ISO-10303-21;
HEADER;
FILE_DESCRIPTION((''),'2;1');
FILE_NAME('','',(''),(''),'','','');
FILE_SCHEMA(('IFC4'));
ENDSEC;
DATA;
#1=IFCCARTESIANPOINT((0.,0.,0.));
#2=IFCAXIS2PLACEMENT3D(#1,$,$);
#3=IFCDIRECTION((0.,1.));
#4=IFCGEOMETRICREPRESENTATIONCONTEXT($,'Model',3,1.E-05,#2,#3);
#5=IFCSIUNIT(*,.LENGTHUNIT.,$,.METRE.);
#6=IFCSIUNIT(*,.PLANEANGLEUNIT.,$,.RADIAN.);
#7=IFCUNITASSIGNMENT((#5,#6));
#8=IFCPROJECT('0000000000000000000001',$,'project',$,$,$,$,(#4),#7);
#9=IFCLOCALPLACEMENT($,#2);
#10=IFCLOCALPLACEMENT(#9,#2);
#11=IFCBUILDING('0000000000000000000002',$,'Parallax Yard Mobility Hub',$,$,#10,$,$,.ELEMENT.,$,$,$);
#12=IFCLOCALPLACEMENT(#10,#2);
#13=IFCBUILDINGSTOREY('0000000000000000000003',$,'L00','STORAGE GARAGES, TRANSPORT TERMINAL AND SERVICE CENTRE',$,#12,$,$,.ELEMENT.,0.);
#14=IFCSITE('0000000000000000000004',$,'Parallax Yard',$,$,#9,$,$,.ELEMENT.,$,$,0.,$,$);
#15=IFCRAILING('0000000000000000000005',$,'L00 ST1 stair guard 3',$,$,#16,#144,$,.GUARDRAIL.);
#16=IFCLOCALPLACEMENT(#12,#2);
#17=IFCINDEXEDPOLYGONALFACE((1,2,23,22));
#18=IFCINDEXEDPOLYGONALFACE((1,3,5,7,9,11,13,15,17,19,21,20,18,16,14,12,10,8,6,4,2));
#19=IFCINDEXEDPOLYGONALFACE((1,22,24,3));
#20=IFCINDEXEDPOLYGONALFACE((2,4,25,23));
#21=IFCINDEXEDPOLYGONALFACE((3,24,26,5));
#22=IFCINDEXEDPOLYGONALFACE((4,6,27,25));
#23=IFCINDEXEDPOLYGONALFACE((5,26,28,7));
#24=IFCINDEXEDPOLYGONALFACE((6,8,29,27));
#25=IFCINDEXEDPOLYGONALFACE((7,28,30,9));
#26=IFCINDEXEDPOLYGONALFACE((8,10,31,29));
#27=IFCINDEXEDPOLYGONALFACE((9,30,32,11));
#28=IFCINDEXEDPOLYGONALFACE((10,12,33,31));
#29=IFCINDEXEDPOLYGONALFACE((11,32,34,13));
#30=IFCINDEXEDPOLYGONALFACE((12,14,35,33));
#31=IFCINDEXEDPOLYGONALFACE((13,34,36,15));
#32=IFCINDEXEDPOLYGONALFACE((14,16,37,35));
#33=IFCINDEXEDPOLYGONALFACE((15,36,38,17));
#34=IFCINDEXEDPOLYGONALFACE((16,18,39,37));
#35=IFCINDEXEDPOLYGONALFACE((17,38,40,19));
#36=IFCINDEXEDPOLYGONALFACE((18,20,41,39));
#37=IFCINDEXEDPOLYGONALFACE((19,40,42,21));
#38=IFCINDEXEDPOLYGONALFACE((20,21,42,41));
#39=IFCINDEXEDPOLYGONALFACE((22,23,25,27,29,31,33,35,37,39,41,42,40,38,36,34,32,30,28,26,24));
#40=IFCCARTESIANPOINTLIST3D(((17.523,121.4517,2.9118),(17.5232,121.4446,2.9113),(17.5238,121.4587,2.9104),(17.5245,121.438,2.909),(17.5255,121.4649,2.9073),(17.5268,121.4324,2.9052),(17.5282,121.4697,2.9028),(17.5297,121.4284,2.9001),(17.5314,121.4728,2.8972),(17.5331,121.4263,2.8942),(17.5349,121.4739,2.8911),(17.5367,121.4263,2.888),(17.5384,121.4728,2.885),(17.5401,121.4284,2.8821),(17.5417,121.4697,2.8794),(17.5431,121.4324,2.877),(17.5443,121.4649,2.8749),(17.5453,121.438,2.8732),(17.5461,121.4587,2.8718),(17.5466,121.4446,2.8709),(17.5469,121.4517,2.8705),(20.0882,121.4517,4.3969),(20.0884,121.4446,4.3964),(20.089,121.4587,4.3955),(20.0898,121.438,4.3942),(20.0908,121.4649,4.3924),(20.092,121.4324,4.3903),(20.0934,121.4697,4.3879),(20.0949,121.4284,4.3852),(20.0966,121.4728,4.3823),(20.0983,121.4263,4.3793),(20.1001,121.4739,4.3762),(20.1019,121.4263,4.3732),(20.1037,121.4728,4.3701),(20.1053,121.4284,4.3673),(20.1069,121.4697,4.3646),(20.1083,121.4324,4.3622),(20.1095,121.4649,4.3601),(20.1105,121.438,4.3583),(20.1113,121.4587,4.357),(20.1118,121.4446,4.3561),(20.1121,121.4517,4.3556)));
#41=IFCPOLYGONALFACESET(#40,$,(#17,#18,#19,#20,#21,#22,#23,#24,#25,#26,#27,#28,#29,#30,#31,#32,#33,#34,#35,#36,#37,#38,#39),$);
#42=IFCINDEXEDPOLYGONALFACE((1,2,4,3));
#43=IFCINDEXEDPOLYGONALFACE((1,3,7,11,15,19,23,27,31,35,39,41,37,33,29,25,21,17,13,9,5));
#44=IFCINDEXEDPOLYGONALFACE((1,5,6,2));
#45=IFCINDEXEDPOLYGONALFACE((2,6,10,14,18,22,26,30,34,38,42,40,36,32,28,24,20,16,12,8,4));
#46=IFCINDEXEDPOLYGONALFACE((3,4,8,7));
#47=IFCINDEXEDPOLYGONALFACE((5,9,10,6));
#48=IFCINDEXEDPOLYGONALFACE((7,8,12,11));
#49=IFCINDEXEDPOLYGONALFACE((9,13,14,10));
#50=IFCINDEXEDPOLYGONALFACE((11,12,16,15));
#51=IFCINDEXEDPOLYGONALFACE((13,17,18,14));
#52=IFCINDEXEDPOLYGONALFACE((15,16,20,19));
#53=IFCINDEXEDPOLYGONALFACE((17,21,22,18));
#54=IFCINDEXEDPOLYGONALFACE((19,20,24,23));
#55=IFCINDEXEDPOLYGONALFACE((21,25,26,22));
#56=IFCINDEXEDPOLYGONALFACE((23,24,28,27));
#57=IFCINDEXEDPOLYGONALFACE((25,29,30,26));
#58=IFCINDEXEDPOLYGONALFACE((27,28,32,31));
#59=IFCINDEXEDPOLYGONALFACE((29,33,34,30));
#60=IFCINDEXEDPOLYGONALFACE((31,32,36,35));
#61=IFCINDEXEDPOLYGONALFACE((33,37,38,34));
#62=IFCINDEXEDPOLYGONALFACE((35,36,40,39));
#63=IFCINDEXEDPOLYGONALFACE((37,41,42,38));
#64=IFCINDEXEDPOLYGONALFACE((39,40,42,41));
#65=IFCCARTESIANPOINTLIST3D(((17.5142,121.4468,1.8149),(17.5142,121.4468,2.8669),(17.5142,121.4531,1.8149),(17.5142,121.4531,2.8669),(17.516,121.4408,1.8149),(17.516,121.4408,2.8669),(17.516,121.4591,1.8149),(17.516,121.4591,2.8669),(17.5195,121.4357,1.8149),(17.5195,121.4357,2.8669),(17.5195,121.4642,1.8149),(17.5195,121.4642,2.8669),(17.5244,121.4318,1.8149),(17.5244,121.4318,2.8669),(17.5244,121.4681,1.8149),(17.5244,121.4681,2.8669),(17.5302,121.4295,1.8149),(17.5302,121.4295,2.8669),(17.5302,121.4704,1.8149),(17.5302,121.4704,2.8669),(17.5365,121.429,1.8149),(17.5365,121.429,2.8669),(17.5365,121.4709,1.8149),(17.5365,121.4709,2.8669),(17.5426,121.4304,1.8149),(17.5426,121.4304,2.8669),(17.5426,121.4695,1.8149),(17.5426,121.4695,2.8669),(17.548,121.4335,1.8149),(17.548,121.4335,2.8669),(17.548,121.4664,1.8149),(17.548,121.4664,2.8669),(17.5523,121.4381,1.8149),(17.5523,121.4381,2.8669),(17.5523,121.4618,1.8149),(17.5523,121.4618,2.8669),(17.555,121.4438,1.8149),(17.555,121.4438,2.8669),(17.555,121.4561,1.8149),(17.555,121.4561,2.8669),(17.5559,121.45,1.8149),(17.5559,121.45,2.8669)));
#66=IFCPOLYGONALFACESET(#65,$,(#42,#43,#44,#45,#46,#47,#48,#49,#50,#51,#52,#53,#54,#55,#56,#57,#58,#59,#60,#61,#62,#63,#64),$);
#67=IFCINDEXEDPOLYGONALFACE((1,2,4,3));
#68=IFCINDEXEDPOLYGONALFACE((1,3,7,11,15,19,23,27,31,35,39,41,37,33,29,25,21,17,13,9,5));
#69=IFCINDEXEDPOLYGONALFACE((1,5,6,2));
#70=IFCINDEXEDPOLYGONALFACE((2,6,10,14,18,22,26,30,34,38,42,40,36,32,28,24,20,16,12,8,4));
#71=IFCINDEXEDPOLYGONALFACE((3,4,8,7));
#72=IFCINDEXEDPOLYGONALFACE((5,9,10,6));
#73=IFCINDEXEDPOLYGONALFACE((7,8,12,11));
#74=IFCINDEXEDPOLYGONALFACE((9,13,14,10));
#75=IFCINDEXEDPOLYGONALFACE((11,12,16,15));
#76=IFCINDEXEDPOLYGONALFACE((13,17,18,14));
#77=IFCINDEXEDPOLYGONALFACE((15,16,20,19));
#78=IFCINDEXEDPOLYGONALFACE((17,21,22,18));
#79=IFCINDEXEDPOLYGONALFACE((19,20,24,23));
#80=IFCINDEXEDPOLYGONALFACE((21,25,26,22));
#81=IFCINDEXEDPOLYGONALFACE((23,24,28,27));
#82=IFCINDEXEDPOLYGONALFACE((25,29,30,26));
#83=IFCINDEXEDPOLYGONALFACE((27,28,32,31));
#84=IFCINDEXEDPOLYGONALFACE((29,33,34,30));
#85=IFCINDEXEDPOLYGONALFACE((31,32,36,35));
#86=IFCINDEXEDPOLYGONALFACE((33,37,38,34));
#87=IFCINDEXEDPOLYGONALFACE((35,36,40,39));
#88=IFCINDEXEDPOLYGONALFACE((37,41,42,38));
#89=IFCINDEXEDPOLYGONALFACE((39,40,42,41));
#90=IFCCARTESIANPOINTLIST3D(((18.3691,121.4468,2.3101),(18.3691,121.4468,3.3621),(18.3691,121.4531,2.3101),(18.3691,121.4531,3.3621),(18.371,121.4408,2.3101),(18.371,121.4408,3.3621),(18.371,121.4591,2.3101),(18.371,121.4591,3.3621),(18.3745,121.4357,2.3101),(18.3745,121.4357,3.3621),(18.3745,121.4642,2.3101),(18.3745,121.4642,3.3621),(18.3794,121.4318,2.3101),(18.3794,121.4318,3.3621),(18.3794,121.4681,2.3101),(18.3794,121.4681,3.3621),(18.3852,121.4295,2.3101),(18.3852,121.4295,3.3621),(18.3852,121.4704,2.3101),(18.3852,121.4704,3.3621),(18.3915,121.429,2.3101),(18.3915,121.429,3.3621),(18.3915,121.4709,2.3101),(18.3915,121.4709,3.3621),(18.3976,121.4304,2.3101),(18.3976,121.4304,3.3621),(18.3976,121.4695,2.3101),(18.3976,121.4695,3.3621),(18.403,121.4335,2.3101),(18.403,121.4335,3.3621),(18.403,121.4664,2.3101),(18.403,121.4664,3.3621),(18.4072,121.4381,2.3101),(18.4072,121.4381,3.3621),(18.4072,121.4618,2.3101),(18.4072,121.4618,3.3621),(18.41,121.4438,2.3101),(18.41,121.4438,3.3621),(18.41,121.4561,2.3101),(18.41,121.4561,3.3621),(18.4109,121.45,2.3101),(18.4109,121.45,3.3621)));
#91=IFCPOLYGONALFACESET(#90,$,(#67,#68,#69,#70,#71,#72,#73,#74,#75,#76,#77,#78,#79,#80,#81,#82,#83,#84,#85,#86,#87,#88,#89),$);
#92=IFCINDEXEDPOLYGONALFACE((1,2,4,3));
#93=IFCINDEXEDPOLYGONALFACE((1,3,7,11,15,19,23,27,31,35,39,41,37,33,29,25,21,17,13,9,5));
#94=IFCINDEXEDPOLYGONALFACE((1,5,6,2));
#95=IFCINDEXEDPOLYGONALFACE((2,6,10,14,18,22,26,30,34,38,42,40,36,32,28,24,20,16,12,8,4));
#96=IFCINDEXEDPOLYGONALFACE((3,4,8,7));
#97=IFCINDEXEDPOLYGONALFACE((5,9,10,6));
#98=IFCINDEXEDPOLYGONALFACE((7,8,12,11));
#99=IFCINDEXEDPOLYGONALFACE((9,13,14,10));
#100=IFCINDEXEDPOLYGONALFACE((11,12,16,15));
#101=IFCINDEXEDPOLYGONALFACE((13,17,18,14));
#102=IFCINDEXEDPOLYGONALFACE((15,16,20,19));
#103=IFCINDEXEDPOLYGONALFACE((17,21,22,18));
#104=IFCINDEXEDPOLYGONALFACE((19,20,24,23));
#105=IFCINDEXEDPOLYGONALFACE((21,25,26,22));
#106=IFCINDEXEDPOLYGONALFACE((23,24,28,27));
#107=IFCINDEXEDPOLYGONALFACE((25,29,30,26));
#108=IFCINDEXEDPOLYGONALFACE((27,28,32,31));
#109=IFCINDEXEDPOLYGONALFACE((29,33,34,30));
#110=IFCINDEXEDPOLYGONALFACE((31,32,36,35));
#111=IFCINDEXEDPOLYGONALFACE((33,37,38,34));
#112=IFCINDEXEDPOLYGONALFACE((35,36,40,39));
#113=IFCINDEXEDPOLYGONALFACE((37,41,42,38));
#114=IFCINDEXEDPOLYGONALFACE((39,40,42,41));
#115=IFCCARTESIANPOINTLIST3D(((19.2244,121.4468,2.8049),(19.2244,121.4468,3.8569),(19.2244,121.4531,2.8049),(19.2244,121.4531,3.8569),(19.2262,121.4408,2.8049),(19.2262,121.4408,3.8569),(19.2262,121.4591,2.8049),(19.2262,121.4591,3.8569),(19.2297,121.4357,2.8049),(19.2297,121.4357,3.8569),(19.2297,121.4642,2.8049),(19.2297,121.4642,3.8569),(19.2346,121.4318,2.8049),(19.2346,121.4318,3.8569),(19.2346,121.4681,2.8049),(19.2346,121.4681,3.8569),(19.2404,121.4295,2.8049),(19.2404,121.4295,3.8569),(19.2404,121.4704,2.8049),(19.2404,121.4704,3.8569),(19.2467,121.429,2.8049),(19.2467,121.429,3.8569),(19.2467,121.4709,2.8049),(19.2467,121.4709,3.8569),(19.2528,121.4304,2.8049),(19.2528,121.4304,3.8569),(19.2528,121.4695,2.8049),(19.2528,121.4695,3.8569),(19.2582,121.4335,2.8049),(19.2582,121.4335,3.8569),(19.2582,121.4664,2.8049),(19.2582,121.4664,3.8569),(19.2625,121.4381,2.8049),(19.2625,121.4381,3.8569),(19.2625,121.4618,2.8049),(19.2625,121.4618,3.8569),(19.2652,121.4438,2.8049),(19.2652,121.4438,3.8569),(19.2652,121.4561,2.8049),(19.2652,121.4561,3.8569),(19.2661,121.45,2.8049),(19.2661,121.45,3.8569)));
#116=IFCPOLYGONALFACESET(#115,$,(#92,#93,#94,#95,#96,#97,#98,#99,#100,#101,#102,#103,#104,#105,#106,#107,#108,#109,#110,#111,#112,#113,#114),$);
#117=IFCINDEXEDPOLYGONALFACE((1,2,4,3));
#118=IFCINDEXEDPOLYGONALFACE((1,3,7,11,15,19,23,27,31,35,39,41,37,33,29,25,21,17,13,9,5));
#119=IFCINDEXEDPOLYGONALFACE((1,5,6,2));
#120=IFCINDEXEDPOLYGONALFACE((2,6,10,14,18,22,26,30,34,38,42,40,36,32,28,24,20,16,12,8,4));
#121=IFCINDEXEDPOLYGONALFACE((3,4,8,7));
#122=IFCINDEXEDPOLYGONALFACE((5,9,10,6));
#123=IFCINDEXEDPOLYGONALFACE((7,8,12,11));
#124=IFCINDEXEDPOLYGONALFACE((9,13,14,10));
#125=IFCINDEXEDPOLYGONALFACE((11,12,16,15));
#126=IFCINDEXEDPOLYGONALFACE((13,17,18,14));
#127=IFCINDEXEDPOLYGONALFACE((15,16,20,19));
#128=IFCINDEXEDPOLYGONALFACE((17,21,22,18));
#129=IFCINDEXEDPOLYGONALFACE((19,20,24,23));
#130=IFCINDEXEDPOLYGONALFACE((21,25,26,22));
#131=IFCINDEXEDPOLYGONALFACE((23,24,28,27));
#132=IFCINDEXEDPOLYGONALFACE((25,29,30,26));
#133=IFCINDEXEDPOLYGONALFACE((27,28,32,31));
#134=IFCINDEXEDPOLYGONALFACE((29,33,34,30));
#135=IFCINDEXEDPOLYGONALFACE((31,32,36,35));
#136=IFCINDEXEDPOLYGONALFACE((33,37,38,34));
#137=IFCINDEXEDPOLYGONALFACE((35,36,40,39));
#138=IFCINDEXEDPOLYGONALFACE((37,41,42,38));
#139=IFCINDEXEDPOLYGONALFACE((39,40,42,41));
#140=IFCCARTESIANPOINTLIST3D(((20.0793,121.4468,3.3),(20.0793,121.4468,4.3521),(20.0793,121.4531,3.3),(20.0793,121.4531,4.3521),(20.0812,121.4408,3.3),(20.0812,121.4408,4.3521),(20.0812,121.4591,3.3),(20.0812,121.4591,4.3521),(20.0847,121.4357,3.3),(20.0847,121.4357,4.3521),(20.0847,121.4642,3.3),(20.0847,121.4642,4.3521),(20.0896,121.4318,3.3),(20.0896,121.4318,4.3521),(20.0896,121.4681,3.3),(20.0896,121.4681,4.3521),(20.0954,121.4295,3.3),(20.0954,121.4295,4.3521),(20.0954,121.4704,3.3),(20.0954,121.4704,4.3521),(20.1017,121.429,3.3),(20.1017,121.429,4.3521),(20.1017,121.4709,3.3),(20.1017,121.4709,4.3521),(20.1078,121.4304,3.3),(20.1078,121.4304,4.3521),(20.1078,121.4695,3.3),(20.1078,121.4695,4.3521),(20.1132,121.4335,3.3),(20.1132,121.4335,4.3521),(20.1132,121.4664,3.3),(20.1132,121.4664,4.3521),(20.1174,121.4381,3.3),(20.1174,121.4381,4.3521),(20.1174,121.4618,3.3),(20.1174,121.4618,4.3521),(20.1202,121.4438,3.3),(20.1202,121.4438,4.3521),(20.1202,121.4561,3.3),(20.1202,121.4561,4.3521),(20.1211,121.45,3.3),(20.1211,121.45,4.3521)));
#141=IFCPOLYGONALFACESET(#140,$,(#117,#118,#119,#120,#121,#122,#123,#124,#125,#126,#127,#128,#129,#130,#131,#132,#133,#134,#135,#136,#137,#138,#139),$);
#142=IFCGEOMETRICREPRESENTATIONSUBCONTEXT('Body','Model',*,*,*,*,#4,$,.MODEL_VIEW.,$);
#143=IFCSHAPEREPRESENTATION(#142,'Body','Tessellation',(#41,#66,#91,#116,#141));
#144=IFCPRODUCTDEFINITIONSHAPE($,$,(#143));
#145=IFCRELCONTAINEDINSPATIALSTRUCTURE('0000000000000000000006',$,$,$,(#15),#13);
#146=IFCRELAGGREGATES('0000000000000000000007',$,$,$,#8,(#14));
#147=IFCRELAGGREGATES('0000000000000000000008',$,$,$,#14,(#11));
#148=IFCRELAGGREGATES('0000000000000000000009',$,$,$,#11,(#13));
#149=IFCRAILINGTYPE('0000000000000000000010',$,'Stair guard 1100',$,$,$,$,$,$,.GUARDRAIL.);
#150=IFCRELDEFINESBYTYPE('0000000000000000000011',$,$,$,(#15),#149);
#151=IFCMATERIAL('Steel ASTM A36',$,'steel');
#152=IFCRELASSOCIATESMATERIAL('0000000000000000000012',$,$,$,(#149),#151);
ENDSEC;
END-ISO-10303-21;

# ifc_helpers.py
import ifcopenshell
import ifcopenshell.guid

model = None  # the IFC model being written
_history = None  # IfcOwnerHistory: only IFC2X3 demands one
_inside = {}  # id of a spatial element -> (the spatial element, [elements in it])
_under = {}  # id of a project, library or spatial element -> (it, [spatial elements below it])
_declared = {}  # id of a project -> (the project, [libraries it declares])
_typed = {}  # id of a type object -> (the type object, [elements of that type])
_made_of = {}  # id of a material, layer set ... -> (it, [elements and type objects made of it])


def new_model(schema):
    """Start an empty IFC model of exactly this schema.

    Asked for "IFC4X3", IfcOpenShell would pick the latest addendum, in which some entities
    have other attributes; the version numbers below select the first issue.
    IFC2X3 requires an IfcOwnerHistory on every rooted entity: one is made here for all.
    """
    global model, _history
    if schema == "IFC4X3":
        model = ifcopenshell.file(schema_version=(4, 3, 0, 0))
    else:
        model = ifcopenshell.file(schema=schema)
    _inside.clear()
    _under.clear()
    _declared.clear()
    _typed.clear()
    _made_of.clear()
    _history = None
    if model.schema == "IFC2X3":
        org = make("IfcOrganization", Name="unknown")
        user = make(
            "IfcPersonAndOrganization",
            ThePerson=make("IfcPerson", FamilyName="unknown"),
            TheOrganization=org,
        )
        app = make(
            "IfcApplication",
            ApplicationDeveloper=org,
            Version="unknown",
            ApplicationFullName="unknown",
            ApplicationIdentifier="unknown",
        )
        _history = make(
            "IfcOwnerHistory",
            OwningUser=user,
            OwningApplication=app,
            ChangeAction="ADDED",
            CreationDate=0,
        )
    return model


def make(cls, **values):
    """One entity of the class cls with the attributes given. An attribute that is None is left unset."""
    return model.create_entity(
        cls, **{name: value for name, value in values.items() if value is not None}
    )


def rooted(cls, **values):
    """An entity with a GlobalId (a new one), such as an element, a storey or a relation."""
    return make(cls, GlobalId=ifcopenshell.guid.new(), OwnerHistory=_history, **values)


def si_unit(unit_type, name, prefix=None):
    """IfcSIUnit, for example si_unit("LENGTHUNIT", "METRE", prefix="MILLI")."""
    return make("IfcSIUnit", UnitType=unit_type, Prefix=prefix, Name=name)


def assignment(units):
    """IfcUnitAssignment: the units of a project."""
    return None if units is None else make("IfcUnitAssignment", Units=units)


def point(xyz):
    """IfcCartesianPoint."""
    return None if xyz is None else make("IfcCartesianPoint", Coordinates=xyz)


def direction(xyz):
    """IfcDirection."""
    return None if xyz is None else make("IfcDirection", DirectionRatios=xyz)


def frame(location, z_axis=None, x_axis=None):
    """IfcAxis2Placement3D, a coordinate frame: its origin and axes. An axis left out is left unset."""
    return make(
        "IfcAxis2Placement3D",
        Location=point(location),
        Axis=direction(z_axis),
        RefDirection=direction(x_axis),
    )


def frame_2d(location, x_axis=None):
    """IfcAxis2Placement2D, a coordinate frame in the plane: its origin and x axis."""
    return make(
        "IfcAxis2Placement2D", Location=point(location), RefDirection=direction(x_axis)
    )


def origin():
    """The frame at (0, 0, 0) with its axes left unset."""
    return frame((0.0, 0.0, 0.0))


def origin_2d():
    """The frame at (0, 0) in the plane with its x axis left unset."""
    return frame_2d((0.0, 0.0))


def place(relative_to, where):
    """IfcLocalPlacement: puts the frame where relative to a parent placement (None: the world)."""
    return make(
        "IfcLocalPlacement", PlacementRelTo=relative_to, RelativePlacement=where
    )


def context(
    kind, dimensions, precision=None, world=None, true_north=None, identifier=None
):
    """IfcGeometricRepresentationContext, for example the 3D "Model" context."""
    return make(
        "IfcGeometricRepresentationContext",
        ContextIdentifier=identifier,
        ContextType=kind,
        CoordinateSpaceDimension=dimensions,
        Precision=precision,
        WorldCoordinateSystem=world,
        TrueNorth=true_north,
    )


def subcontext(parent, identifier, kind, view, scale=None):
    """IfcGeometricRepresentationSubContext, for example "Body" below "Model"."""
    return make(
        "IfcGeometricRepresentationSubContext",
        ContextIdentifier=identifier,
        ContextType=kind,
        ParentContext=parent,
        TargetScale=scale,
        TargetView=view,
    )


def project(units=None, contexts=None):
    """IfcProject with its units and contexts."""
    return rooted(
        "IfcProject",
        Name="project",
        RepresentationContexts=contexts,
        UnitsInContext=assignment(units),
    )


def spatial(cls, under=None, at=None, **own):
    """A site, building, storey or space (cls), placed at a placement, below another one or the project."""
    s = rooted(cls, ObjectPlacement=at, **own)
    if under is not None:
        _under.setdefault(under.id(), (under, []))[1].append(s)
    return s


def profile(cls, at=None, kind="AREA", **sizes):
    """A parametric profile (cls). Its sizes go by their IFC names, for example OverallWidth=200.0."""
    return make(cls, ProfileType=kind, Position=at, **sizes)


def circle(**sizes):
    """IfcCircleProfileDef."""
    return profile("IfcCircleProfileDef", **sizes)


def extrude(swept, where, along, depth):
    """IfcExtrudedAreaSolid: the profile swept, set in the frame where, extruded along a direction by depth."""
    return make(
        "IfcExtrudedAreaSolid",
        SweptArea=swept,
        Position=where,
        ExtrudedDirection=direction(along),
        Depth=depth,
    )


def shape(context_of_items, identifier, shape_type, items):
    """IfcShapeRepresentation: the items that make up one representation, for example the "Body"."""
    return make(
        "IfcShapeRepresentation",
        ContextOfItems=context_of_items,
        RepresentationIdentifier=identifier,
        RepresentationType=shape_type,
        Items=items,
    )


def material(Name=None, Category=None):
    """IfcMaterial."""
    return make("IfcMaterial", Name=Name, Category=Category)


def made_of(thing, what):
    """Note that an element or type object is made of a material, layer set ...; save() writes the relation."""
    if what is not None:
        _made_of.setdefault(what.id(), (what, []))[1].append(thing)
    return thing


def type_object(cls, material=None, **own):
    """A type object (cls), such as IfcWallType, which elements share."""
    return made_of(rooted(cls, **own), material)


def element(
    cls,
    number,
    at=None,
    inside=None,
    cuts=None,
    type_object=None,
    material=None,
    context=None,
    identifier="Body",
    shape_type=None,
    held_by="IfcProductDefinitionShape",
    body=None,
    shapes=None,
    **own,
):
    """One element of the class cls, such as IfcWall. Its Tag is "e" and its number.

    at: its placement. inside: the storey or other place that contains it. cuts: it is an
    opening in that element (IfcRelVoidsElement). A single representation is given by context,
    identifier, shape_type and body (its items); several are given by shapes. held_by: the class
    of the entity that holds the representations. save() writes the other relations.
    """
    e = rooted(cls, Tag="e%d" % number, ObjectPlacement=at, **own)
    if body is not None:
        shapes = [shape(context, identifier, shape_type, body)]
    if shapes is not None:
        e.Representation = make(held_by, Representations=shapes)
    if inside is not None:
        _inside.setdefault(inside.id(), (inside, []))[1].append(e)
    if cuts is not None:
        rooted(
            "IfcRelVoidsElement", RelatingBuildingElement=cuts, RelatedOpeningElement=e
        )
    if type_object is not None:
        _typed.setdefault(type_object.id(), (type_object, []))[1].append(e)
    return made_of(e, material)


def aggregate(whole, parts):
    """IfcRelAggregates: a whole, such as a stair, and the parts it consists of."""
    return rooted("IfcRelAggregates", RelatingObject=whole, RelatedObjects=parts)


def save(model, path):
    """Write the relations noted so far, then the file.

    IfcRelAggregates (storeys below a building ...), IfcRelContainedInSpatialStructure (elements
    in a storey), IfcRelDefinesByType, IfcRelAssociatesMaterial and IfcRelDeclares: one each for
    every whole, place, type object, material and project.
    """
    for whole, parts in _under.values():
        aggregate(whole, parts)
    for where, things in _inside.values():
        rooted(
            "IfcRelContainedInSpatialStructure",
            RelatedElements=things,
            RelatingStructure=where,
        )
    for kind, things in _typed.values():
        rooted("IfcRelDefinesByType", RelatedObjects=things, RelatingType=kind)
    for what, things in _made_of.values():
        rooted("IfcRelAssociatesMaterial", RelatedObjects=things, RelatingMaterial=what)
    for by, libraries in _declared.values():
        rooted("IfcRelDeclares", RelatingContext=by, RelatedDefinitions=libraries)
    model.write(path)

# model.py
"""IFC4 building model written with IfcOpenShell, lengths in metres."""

from ifc_helpers import new_model, si_unit, direction, frame, origin, origin_2d, place, context, subcontext, project, spatial, circle, extrude, material, type_object, element, save


model = new_model("IFC4")

# Units and contexts
model_context = context("Model", 3, precision=1e-05, world=origin(), true_north=direction((0.0, 1.0)))
body_context = subcontext(model_context, "Body", "Model", "MODEL_VIEW")
ifc_project = project(units=[si_unit("LENGTHUNIT", "METRE"), si_unit("PLANEANGLEUNIT", "RADIAN")], contexts=[model_context])

# Site, building, storey
site_placement = place(None, origin())
site = spatial("IfcSite", under=ifc_project, at=site_placement, Name="Parallax Yard", CompositionType="ELEMENT", RefElevation=0.0)
building_placement = place(site_placement, origin())
building = spatial("IfcBuilding", under=site, at=building_placement, Name="Parallax Yard Mobility Hub", CompositionType="ELEMENT")
storey_placement = place(building_placement, origin())
storey = spatial("IfcBuildingStorey", under=building, at=storey_placement, Name="L00", Description="STORAGE GARAGES, TRANSPORT TERMINAL AND SERVICE CENTRE", CompositionType="ELEMENT", Elevation=0.0)

# Railing
ifc_material_1 = material(Name="Steel ASTM A36", Category="steel")
railing_type_1 = type_object("IfcRailingType", Name="Stair guard 1100", PredefinedType="GUARDRAIL", material=ifc_material_1)
railing_1_placement = place(storey_placement, frame((17.5349, 121.45, 1.8149)))
element("IfcRailing", 1, at=railing_1_placement, inside=storey, type_object=railing_type_1, Name="L00 ST1 stair guard 3", PredefinedType="GUARDRAIL", context=body_context, shape_type="SweptSolid", body=[
    extrude(circle(Radius=0.0239, at=origin_2d()), frame((0.0, 0.0, 1.0762), z_axis=(0.865426, 0.0, 0.501036), x_axis=(0.0, 1.0, 0.0)), (0.0, 0.0, 1.0), 2.9641),
    extrude(circle(Radius=0.021, at=origin_2d()), origin(), (0.0, 0.0, 1.0), 1.052),
    extrude(circle(Radius=0.021, at=origin_2d()), frame((0.855, 0.0, 0.4951)), (0.0, 0.0, 1.0), 1.052),
    extrude(circle(Radius=0.021, at=origin_2d()), frame((1.7102, 0.0, 0.99)), (0.0, 0.0, 1.0), 1.052),
    extrude(circle(Radius=0.021, at=origin_2d()), frame((2.5652, 0.0, 1.4851)), (0.0, 0.0, 1.0), 1.052),
])

save(model, "model.ifc")
